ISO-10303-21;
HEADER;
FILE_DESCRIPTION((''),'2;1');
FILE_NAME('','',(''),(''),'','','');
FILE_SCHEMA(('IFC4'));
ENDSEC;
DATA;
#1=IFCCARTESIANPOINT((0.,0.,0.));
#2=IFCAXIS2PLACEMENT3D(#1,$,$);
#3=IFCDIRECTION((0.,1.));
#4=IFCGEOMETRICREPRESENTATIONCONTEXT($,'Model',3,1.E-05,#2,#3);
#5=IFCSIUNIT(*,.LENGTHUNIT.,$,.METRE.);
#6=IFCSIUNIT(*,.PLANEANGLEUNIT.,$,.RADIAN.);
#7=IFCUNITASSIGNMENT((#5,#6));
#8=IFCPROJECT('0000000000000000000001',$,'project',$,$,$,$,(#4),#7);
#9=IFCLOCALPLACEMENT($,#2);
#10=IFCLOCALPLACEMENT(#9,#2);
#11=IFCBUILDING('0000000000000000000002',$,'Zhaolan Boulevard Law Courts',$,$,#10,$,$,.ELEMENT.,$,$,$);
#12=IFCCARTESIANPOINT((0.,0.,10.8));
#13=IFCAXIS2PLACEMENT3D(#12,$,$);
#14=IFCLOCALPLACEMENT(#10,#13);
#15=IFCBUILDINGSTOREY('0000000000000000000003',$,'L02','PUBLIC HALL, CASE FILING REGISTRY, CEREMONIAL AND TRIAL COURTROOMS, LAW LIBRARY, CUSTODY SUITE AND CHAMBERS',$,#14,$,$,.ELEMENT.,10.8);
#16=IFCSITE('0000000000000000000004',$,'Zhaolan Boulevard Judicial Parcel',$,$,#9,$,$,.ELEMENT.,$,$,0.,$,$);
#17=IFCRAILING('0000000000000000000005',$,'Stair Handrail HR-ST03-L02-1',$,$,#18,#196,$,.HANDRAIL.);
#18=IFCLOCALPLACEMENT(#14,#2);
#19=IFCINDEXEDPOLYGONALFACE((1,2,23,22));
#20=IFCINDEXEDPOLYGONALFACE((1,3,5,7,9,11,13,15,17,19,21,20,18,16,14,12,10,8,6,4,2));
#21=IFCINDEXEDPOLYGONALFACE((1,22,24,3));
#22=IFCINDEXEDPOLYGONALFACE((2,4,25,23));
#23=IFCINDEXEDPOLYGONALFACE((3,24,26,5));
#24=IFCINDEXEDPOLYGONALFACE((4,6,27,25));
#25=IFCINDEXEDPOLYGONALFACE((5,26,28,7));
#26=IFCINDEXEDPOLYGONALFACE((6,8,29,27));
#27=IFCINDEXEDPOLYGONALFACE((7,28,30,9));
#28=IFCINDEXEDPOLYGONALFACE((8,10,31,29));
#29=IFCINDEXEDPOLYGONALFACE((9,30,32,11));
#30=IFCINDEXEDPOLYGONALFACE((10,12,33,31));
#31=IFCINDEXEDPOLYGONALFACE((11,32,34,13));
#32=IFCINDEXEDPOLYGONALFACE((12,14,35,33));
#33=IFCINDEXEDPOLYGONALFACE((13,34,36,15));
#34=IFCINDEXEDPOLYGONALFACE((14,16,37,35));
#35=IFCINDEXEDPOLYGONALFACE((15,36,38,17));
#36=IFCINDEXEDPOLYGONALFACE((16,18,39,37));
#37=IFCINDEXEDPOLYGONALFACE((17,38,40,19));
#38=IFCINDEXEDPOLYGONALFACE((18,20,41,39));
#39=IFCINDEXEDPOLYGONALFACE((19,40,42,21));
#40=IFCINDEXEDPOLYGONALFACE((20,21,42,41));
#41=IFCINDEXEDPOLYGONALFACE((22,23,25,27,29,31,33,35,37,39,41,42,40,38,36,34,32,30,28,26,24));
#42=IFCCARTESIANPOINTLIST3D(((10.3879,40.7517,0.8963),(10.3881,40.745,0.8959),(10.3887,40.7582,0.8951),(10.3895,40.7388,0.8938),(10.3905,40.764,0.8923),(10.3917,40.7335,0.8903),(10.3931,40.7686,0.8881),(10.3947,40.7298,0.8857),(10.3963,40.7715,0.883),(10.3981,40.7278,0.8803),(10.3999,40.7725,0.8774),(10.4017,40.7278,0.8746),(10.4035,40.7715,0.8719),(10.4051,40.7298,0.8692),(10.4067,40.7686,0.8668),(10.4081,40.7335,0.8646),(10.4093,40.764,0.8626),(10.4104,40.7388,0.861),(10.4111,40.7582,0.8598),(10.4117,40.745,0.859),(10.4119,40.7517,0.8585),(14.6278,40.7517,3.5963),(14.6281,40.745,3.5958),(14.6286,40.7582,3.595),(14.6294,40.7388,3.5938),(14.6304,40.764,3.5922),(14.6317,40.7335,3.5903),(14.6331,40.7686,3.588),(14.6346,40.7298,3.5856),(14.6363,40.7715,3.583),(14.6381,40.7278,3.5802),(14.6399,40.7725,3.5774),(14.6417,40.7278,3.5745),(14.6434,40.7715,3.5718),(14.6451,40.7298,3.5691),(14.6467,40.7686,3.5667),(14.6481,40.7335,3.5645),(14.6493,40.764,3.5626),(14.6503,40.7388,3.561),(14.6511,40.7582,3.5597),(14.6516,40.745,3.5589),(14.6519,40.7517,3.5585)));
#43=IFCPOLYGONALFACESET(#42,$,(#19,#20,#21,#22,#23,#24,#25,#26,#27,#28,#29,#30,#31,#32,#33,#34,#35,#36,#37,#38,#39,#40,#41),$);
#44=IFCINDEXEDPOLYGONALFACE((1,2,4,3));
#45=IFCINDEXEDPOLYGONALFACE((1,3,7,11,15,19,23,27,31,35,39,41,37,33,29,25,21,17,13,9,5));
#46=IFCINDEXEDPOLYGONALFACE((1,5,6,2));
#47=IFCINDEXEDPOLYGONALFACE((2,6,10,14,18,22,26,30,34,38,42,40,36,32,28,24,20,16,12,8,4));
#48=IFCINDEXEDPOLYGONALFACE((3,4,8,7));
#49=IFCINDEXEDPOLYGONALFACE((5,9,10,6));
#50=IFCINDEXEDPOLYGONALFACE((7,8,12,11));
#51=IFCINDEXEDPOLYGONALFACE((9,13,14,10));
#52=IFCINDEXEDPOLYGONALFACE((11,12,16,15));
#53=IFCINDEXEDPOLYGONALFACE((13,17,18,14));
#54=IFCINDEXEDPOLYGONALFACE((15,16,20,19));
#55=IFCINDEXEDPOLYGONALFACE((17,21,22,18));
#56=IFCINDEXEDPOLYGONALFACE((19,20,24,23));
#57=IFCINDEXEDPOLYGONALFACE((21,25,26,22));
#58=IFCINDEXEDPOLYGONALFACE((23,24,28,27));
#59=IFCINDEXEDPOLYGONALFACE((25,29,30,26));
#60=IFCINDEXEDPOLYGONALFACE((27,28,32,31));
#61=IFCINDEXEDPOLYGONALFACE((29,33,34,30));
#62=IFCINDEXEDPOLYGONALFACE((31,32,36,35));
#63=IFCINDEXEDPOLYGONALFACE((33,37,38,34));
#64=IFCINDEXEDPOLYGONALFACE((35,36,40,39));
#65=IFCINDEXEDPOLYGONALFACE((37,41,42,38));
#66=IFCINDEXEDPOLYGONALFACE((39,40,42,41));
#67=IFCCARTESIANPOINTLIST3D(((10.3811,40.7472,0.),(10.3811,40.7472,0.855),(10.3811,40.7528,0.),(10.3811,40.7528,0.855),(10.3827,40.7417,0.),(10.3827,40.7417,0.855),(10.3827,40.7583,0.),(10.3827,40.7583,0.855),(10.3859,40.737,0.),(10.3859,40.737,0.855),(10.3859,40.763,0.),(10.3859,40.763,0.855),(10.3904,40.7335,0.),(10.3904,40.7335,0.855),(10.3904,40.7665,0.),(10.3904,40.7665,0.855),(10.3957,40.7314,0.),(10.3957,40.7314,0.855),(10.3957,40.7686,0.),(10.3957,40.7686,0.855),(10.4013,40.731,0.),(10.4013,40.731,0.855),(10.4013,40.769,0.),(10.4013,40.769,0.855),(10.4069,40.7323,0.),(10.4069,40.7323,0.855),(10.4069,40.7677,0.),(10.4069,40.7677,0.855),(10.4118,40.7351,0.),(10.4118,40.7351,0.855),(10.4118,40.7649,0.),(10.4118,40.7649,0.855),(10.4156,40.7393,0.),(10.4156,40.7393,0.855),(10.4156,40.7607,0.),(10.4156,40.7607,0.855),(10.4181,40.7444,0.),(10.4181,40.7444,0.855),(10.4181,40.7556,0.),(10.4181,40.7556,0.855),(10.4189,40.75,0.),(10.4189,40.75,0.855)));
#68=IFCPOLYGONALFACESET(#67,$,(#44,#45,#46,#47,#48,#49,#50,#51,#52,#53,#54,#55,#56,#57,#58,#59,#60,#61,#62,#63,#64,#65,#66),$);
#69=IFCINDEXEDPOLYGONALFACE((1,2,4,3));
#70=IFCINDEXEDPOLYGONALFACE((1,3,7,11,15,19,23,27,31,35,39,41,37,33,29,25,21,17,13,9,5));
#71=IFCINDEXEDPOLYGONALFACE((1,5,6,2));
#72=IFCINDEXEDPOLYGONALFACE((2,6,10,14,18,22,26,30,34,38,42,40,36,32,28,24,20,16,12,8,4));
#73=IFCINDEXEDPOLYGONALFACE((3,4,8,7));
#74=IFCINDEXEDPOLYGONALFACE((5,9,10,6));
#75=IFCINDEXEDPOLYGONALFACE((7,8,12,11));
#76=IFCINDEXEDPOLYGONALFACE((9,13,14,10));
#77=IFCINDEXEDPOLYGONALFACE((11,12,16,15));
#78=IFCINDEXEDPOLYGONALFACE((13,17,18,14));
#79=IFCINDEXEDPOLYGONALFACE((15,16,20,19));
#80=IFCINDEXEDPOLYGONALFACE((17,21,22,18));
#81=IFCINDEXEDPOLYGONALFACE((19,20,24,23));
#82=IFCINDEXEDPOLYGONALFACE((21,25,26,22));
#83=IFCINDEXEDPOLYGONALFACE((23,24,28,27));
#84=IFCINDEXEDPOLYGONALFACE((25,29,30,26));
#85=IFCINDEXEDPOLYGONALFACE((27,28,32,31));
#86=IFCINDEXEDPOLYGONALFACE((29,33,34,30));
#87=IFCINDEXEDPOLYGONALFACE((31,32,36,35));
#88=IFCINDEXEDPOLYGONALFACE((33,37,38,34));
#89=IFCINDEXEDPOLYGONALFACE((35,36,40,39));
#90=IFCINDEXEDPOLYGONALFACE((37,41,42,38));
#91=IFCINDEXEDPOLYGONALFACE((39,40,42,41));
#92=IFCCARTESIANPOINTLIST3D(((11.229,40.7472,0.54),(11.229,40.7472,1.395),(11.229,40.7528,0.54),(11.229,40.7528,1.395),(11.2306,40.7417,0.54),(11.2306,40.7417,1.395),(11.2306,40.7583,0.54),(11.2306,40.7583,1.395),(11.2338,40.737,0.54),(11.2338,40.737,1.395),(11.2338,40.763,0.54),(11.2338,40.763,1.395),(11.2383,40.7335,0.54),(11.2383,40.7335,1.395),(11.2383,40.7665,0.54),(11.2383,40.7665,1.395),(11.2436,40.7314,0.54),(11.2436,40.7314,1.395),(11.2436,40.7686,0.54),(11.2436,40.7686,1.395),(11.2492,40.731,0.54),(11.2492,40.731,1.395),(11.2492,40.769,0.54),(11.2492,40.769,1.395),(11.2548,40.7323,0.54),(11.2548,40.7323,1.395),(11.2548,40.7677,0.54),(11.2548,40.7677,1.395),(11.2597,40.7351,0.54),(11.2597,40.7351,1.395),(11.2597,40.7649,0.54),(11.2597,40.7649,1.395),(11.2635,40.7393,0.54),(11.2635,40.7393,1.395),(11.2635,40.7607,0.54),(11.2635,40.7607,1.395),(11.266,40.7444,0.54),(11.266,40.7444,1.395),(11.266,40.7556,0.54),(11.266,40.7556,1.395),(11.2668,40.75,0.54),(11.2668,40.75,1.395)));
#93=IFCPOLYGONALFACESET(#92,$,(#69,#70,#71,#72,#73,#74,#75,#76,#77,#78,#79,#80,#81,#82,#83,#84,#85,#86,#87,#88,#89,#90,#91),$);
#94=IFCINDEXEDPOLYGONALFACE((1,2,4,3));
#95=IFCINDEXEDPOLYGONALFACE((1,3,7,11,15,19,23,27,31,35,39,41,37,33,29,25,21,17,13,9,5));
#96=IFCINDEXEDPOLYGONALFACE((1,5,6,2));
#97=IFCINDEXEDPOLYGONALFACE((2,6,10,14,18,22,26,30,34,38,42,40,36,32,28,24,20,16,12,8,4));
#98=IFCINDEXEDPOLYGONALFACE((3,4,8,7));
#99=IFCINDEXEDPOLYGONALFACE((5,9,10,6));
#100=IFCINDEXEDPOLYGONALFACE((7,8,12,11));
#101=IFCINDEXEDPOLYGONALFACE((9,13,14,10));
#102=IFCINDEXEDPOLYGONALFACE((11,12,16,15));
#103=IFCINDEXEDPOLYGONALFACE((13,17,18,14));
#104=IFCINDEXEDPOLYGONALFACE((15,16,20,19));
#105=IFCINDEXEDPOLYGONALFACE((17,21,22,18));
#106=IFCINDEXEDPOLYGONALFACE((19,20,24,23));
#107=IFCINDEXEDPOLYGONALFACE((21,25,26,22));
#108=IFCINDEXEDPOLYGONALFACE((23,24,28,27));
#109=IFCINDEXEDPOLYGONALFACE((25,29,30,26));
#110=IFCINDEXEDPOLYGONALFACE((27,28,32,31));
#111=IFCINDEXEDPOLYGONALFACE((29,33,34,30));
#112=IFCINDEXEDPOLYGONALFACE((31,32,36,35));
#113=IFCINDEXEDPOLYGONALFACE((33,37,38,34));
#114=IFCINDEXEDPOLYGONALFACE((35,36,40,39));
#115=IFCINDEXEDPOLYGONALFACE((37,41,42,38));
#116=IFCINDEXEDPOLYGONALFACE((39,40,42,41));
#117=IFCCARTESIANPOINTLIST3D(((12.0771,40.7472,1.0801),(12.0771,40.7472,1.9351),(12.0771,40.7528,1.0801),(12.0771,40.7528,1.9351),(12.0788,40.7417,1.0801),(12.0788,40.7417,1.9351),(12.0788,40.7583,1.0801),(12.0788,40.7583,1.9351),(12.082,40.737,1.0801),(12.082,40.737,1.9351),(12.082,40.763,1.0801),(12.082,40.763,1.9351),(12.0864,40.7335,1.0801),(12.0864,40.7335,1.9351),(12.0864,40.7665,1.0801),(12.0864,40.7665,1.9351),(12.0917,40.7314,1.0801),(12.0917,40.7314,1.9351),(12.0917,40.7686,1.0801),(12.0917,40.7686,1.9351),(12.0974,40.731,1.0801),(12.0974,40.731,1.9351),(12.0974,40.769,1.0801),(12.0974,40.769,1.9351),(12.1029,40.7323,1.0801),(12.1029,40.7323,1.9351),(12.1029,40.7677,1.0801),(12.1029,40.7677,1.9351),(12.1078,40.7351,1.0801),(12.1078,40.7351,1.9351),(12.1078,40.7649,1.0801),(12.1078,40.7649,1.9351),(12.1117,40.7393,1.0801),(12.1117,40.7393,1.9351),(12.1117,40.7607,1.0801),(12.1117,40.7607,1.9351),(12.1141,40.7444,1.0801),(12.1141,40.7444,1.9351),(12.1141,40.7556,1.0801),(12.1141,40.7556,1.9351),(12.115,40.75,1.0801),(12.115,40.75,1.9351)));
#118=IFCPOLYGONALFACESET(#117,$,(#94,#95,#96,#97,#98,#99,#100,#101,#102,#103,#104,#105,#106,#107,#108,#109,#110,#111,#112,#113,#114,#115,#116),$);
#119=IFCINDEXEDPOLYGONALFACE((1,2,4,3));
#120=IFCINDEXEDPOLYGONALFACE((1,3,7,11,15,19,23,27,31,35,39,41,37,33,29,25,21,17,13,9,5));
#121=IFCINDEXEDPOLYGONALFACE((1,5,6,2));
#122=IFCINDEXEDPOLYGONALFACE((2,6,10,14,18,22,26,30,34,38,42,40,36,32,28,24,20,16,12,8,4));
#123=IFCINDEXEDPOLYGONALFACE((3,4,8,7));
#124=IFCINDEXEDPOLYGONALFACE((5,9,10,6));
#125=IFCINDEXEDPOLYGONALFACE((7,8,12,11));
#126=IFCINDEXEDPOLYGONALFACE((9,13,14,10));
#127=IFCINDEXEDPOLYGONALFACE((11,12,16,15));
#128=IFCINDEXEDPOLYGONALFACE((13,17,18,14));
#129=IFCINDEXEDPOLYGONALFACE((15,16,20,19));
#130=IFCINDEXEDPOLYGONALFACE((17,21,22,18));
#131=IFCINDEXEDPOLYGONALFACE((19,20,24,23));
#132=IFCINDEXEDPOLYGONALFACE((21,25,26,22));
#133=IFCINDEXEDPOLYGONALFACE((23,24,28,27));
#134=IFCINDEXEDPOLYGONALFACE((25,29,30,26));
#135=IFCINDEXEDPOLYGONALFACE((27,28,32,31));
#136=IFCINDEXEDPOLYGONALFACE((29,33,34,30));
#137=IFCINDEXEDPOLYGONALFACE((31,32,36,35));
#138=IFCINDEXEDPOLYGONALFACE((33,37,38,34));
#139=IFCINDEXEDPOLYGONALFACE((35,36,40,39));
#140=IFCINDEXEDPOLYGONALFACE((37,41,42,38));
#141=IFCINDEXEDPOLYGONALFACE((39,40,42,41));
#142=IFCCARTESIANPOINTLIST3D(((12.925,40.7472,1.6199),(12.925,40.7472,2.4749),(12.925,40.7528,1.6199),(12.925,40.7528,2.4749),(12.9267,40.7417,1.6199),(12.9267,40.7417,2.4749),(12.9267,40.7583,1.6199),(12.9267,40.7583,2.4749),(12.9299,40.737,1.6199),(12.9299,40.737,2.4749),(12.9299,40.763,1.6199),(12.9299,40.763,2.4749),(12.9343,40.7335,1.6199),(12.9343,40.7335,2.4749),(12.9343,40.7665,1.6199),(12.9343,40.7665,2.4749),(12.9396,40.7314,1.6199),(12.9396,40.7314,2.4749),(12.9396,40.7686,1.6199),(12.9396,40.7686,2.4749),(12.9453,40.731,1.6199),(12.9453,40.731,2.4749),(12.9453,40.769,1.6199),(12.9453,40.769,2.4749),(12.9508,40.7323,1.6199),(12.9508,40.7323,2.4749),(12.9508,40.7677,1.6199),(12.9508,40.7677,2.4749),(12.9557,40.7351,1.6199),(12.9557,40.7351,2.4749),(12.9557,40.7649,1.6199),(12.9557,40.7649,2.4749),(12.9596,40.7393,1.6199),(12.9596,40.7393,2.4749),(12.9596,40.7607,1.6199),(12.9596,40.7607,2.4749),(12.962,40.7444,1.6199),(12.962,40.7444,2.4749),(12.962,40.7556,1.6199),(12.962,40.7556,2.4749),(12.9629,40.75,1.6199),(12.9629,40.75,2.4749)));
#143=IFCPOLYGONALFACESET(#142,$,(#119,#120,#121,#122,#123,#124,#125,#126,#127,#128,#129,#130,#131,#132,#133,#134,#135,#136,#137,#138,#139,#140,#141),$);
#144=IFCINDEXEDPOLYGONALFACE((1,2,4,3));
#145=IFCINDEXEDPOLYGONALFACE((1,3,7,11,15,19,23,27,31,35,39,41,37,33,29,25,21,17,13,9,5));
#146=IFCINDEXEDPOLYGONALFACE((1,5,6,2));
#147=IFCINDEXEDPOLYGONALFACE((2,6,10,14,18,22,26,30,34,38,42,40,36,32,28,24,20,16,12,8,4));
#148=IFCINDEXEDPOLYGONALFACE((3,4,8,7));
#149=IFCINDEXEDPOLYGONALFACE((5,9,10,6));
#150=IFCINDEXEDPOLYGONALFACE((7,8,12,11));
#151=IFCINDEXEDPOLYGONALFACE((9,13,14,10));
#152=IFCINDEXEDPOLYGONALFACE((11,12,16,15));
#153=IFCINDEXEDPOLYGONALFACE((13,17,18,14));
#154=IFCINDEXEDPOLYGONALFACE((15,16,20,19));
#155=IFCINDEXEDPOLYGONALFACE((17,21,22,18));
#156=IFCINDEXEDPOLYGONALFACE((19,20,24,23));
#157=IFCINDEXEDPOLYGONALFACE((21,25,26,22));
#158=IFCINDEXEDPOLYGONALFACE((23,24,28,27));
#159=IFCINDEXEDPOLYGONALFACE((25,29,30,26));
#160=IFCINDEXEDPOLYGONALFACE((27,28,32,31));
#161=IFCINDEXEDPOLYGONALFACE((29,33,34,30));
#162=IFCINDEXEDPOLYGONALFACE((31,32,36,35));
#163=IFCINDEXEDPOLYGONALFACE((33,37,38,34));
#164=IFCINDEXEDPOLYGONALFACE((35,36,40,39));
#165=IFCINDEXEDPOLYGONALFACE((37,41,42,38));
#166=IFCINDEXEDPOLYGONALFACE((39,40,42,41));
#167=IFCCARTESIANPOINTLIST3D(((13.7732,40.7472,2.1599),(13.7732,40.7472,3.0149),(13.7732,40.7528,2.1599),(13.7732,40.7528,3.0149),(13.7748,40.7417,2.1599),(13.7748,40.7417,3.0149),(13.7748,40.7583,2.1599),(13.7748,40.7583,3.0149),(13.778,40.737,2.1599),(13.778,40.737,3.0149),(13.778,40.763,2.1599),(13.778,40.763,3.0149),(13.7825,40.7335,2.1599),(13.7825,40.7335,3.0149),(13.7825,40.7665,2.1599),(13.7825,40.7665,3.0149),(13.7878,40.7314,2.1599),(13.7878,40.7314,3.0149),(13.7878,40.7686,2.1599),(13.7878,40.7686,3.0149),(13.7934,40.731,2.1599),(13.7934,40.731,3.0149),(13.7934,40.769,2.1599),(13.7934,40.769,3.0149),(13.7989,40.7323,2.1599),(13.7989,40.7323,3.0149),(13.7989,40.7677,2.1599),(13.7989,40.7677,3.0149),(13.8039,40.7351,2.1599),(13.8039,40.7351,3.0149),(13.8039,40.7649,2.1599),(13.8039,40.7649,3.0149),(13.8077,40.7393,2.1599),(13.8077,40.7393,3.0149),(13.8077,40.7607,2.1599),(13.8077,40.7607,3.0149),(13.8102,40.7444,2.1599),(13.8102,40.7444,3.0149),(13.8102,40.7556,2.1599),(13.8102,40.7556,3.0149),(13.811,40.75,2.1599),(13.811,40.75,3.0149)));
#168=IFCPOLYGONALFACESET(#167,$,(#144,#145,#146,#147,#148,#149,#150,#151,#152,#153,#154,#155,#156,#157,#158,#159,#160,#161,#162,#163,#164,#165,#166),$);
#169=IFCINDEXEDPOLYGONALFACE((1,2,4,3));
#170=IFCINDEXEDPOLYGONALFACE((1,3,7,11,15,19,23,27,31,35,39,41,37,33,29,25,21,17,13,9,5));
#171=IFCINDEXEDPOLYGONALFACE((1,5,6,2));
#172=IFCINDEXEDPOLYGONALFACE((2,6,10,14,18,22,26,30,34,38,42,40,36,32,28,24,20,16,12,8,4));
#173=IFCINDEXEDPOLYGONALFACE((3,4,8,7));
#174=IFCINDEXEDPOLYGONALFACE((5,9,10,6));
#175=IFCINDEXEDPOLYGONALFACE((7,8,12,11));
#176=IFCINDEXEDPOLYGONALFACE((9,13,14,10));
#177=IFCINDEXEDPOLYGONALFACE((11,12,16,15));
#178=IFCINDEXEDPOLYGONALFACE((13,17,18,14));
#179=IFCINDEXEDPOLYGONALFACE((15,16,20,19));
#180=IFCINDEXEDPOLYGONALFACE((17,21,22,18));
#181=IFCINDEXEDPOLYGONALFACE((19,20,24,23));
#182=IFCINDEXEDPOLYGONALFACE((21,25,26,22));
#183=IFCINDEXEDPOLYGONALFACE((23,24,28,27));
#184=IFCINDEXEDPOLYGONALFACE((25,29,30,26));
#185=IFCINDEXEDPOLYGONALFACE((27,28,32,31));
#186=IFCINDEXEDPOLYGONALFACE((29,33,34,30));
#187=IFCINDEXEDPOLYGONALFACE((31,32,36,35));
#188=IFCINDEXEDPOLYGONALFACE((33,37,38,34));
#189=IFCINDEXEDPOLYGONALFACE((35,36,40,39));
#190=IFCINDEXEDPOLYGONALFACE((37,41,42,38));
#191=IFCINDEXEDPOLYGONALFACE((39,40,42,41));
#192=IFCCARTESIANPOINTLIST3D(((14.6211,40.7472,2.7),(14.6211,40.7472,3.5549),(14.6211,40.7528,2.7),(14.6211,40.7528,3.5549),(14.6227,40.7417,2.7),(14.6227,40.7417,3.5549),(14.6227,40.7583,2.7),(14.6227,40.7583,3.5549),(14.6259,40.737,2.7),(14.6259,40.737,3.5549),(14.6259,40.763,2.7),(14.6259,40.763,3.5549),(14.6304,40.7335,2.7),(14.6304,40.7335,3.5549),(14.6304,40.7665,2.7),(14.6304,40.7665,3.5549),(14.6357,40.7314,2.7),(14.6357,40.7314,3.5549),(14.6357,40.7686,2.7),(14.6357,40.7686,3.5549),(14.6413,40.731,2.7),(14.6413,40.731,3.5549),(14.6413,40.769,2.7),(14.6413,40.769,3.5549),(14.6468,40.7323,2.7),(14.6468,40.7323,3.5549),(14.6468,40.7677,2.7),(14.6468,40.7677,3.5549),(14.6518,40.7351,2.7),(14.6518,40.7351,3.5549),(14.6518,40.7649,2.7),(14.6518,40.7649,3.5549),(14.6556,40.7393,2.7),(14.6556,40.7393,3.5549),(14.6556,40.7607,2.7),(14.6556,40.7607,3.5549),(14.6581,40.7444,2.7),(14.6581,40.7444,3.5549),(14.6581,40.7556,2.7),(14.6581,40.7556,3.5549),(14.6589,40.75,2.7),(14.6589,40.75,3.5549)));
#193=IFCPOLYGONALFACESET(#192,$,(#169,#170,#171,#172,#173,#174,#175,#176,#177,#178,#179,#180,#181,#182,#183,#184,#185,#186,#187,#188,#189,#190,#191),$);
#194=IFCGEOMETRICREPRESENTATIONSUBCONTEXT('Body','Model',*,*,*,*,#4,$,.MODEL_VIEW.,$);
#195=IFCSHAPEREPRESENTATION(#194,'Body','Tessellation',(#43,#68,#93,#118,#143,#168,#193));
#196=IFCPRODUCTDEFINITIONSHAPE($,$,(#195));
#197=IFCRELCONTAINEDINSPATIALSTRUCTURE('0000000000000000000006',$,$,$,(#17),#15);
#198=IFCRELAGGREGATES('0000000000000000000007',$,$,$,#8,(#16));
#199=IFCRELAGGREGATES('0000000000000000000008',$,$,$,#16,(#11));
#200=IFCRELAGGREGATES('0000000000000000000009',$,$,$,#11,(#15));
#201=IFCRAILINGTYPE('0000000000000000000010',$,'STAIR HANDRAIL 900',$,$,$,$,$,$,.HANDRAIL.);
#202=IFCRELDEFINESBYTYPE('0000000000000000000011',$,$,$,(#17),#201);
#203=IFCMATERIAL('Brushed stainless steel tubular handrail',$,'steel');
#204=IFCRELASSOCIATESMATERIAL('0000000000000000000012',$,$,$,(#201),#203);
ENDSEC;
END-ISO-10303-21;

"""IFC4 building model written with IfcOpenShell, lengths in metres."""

from ifc_helpers import new_model, si_unit, direction, frame, origin, origin_2d, place, context, subcontext, project, spatial, circle, extrude, material, type_object, element, save


model = new_model("IFC4")

# Units and contexts
model_context = context("Model", 3, precision=1e-05, world=origin(), true_north=direction((0.0, 1.0)))
body_context = subcontext(model_context, "Body", "Model", "MODEL_VIEW")
ifc_project = project(units=[si_unit("LENGTHUNIT", "METRE"), si_unit("PLANEANGLEUNIT", "RADIAN")], contexts=[model_context])

# Site, building, storey
site_placement = place(None, origin())
site = spatial("IfcSite", under=ifc_project, at=site_placement, Name="Zhaolan Boulevard Judicial Parcel", CompositionType="ELEMENT", RefElevation=0.0)
building_placement = place(site_placement, origin())
building = spatial("IfcBuilding", under=site, at=building_placement, Name="Zhaolan Boulevard Law Courts", CompositionType="ELEMENT")
storey_placement = place(building_placement, frame((0.0, 0.0, 10.8)))
storey = spatial("IfcBuildingStorey", under=building, at=storey_placement, Name="L02", Description="PUBLIC HALL, CASE FILING REGISTRY, CEREMONIAL AND TRIAL COURTROOMS, LAW LIBRARY, CUSTODY SUITE AND CHAMBERS", CompositionType="ELEMENT", Elevation=10.8)

# Railing
ifc_material_1 = material(Name="Brushed stainless steel tubular handrail", Category="steel")
railing_type_1 = type_object("IfcRailingType", Name="STAIR HANDRAIL 900", PredefinedType="HANDRAIL", material=ifc_material_1)
railing_1_placement = place(storey_placement, frame((10.3999, 40.75, 0.0)))
element("IfcRailing", 1, at=railing_1_placement, inside=storey, type_object=railing_type_1, Name="Stair Handrail HR-ST03-L02-1", PredefinedType="HANDRAIL", context=body_context, shape_type="SweptSolid", body=[
    extrude(circle(Radius=0.0225, at=origin_2d()), frame((0.0, 0.0, 0.8774), z_axis=(0.843501, 0.0, 0.537127), x_axis=(0.0, 1.0, 0.0)), (0.0, 0.0, 1.0), 5.0266),
    extrude(circle(Radius=0.019, at=origin_2d()), origin(), (0.0, 0.0, 1.0), 0.855),
    extrude(circle(Radius=0.019, at=origin_2d()), frame((0.8479, 0.0, 0.54)), (0.0, 0.0, 1.0), 0.855),
    extrude(circle(Radius=0.019, at=origin_2d()), frame((1.696, 0.0, 1.0801)), (0.0, 0.0, 1.0), 0.855),
    extrude(circle(Radius=0.019, at=origin_2d()), frame((2.5439, 0.0, 1.6199)), (0.0, 0.0, 1.0), 0.855),
    extrude(circle(Radius=0.019, at=origin_2d()), frame((3.3921, 0.0, 2.1599)), (0.0, 0.0, 1.0), 0.855),
    extrude(circle(Radius=0.019, at=origin_2d()), frame((4.24, 0.0, 2.7)), (0.0, 0.0, 1.0), 0.855),
])

save(model, "model.ifc")
